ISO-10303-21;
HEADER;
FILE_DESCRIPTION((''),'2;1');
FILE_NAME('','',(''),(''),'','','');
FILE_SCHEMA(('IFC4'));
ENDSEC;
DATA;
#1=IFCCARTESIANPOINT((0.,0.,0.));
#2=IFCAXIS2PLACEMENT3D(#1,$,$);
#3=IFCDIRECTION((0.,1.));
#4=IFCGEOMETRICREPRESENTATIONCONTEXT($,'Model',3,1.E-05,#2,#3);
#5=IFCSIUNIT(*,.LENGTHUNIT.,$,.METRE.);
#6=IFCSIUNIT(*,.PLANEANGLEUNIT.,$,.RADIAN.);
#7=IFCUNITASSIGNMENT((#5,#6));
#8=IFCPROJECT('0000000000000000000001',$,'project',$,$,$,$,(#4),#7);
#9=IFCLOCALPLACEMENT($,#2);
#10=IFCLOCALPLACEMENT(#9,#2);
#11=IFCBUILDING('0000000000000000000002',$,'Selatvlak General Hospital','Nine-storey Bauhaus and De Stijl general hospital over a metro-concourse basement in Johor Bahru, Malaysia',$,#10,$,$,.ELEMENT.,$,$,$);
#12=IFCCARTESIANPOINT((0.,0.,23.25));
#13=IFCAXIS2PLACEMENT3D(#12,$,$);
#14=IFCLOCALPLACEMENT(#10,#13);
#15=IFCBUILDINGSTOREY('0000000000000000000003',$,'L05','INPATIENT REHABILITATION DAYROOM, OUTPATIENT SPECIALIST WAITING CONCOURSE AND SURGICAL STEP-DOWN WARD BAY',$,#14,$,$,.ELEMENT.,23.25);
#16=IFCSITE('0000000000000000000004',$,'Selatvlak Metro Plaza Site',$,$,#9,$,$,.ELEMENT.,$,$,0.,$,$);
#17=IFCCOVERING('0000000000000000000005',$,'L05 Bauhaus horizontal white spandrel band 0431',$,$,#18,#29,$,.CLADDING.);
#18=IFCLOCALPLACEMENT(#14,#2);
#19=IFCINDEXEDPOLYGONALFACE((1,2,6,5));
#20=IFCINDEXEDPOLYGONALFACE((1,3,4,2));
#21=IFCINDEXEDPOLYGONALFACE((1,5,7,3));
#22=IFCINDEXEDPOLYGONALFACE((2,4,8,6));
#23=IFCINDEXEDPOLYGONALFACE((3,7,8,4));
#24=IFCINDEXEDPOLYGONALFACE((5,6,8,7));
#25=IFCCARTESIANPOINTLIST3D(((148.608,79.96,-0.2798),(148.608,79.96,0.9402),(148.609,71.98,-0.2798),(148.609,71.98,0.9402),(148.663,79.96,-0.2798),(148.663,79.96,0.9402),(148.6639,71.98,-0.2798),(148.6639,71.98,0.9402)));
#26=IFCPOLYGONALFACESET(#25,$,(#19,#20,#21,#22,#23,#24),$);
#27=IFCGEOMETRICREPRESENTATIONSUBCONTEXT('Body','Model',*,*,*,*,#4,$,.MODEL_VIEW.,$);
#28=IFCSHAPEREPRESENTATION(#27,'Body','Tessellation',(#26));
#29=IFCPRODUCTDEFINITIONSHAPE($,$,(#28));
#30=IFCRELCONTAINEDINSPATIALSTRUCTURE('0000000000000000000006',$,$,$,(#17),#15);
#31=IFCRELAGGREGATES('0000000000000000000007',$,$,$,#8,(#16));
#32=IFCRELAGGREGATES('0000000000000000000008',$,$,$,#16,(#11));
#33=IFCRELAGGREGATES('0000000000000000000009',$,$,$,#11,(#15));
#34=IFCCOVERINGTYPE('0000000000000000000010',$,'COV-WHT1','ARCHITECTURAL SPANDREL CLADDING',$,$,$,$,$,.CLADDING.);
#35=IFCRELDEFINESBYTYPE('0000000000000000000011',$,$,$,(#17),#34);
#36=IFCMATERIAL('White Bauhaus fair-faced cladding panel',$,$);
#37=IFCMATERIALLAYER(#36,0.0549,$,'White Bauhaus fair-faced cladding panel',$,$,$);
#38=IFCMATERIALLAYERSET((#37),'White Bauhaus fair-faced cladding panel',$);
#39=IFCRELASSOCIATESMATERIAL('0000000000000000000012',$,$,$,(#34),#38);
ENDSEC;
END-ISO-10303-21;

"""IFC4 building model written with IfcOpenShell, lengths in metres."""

from ifc_helpers import new_model, si_unit, direction, frame, origin, origin_2d, place, context, subcontext, project, spatial, rectangle, extrude, material, layer, layer_set, type_object, element, save


model = new_model("IFC4")

# Units and contexts
model_context = context("Model", 3, precision=1e-05, world=origin(), true_north=direction((0.0, 1.0)))
body_context = subcontext(model_context, "Body", "Model", "MODEL_VIEW")
ifc_project = project(units=[si_unit("LENGTHUNIT", "METRE"), si_unit("PLANEANGLEUNIT", "RADIAN")], contexts=[model_context])

# Site, building, storey
site_placement = place(None, origin())
site = spatial("IfcSite", under=ifc_project, at=site_placement, Name="Selatvlak Metro Plaza Site", CompositionType="ELEMENT", RefElevation=0.0)
building_placement = place(site_placement, origin())
building = spatial("IfcBuilding", under=site, at=building_placement, Name="Selatvlak General Hospital", Description="Nine-storey Bauhaus and De Stijl general hospital over a metro-concourse basement in Johor Bahru, Malaysia", CompositionType="ELEMENT")
storey_placement = place(building_placement, frame((0.0, 0.0, 23.25)))
storey = spatial("IfcBuildingStorey", under=building, at=storey_placement, Name="L05", Description="INPATIENT REHABILITATION DAYROOM, OUTPATIENT SPECIALIST WAITING CONCOURSE AND SURGICAL STEP-DOWN WARD BAY", CompositionType="ELEMENT", Elevation=23.25)

# Covering
ifc_material_1 = material(Name="White Bauhaus fair-faced cladding panel")
ifc_layer_1 = layer(ifc_material_1, 0.0549, Name="White Bauhaus fair-faced cladding panel")
ifc_layer_set_1 = layer_set([ifc_layer_1], Name="White Bauhaus fair-faced cladding panel")
covering_type = type_object("IfcCoveringType", Name="COV-WHT1", Description="ARCHITECTURAL SPANDREL CLADDING", PredefinedType="CLADDING", material=ifc_layer_set_1)
covering_placement = place(storey_placement, frame((148.636, 75.97, -0.2798), z_axis=(0.0, 0.0, 1.0), x_axis=(-0.000122, 1.0, 0.0)))
element("IfcCovering", 1, at=covering_placement, inside=storey, type_object=covering_type, Name="L05 Bauhaus horizontal white spandrel band 0431", PredefinedType="CLADDING", context=body_context, shape_type="SweptSolid", body=[
    extrude(rectangle(XDim=7.98, YDim=0.0549, at=origin_2d()), origin(), (0.0, 0.0, 1.0), 1.22),
])

save(model, "model.ifc")
